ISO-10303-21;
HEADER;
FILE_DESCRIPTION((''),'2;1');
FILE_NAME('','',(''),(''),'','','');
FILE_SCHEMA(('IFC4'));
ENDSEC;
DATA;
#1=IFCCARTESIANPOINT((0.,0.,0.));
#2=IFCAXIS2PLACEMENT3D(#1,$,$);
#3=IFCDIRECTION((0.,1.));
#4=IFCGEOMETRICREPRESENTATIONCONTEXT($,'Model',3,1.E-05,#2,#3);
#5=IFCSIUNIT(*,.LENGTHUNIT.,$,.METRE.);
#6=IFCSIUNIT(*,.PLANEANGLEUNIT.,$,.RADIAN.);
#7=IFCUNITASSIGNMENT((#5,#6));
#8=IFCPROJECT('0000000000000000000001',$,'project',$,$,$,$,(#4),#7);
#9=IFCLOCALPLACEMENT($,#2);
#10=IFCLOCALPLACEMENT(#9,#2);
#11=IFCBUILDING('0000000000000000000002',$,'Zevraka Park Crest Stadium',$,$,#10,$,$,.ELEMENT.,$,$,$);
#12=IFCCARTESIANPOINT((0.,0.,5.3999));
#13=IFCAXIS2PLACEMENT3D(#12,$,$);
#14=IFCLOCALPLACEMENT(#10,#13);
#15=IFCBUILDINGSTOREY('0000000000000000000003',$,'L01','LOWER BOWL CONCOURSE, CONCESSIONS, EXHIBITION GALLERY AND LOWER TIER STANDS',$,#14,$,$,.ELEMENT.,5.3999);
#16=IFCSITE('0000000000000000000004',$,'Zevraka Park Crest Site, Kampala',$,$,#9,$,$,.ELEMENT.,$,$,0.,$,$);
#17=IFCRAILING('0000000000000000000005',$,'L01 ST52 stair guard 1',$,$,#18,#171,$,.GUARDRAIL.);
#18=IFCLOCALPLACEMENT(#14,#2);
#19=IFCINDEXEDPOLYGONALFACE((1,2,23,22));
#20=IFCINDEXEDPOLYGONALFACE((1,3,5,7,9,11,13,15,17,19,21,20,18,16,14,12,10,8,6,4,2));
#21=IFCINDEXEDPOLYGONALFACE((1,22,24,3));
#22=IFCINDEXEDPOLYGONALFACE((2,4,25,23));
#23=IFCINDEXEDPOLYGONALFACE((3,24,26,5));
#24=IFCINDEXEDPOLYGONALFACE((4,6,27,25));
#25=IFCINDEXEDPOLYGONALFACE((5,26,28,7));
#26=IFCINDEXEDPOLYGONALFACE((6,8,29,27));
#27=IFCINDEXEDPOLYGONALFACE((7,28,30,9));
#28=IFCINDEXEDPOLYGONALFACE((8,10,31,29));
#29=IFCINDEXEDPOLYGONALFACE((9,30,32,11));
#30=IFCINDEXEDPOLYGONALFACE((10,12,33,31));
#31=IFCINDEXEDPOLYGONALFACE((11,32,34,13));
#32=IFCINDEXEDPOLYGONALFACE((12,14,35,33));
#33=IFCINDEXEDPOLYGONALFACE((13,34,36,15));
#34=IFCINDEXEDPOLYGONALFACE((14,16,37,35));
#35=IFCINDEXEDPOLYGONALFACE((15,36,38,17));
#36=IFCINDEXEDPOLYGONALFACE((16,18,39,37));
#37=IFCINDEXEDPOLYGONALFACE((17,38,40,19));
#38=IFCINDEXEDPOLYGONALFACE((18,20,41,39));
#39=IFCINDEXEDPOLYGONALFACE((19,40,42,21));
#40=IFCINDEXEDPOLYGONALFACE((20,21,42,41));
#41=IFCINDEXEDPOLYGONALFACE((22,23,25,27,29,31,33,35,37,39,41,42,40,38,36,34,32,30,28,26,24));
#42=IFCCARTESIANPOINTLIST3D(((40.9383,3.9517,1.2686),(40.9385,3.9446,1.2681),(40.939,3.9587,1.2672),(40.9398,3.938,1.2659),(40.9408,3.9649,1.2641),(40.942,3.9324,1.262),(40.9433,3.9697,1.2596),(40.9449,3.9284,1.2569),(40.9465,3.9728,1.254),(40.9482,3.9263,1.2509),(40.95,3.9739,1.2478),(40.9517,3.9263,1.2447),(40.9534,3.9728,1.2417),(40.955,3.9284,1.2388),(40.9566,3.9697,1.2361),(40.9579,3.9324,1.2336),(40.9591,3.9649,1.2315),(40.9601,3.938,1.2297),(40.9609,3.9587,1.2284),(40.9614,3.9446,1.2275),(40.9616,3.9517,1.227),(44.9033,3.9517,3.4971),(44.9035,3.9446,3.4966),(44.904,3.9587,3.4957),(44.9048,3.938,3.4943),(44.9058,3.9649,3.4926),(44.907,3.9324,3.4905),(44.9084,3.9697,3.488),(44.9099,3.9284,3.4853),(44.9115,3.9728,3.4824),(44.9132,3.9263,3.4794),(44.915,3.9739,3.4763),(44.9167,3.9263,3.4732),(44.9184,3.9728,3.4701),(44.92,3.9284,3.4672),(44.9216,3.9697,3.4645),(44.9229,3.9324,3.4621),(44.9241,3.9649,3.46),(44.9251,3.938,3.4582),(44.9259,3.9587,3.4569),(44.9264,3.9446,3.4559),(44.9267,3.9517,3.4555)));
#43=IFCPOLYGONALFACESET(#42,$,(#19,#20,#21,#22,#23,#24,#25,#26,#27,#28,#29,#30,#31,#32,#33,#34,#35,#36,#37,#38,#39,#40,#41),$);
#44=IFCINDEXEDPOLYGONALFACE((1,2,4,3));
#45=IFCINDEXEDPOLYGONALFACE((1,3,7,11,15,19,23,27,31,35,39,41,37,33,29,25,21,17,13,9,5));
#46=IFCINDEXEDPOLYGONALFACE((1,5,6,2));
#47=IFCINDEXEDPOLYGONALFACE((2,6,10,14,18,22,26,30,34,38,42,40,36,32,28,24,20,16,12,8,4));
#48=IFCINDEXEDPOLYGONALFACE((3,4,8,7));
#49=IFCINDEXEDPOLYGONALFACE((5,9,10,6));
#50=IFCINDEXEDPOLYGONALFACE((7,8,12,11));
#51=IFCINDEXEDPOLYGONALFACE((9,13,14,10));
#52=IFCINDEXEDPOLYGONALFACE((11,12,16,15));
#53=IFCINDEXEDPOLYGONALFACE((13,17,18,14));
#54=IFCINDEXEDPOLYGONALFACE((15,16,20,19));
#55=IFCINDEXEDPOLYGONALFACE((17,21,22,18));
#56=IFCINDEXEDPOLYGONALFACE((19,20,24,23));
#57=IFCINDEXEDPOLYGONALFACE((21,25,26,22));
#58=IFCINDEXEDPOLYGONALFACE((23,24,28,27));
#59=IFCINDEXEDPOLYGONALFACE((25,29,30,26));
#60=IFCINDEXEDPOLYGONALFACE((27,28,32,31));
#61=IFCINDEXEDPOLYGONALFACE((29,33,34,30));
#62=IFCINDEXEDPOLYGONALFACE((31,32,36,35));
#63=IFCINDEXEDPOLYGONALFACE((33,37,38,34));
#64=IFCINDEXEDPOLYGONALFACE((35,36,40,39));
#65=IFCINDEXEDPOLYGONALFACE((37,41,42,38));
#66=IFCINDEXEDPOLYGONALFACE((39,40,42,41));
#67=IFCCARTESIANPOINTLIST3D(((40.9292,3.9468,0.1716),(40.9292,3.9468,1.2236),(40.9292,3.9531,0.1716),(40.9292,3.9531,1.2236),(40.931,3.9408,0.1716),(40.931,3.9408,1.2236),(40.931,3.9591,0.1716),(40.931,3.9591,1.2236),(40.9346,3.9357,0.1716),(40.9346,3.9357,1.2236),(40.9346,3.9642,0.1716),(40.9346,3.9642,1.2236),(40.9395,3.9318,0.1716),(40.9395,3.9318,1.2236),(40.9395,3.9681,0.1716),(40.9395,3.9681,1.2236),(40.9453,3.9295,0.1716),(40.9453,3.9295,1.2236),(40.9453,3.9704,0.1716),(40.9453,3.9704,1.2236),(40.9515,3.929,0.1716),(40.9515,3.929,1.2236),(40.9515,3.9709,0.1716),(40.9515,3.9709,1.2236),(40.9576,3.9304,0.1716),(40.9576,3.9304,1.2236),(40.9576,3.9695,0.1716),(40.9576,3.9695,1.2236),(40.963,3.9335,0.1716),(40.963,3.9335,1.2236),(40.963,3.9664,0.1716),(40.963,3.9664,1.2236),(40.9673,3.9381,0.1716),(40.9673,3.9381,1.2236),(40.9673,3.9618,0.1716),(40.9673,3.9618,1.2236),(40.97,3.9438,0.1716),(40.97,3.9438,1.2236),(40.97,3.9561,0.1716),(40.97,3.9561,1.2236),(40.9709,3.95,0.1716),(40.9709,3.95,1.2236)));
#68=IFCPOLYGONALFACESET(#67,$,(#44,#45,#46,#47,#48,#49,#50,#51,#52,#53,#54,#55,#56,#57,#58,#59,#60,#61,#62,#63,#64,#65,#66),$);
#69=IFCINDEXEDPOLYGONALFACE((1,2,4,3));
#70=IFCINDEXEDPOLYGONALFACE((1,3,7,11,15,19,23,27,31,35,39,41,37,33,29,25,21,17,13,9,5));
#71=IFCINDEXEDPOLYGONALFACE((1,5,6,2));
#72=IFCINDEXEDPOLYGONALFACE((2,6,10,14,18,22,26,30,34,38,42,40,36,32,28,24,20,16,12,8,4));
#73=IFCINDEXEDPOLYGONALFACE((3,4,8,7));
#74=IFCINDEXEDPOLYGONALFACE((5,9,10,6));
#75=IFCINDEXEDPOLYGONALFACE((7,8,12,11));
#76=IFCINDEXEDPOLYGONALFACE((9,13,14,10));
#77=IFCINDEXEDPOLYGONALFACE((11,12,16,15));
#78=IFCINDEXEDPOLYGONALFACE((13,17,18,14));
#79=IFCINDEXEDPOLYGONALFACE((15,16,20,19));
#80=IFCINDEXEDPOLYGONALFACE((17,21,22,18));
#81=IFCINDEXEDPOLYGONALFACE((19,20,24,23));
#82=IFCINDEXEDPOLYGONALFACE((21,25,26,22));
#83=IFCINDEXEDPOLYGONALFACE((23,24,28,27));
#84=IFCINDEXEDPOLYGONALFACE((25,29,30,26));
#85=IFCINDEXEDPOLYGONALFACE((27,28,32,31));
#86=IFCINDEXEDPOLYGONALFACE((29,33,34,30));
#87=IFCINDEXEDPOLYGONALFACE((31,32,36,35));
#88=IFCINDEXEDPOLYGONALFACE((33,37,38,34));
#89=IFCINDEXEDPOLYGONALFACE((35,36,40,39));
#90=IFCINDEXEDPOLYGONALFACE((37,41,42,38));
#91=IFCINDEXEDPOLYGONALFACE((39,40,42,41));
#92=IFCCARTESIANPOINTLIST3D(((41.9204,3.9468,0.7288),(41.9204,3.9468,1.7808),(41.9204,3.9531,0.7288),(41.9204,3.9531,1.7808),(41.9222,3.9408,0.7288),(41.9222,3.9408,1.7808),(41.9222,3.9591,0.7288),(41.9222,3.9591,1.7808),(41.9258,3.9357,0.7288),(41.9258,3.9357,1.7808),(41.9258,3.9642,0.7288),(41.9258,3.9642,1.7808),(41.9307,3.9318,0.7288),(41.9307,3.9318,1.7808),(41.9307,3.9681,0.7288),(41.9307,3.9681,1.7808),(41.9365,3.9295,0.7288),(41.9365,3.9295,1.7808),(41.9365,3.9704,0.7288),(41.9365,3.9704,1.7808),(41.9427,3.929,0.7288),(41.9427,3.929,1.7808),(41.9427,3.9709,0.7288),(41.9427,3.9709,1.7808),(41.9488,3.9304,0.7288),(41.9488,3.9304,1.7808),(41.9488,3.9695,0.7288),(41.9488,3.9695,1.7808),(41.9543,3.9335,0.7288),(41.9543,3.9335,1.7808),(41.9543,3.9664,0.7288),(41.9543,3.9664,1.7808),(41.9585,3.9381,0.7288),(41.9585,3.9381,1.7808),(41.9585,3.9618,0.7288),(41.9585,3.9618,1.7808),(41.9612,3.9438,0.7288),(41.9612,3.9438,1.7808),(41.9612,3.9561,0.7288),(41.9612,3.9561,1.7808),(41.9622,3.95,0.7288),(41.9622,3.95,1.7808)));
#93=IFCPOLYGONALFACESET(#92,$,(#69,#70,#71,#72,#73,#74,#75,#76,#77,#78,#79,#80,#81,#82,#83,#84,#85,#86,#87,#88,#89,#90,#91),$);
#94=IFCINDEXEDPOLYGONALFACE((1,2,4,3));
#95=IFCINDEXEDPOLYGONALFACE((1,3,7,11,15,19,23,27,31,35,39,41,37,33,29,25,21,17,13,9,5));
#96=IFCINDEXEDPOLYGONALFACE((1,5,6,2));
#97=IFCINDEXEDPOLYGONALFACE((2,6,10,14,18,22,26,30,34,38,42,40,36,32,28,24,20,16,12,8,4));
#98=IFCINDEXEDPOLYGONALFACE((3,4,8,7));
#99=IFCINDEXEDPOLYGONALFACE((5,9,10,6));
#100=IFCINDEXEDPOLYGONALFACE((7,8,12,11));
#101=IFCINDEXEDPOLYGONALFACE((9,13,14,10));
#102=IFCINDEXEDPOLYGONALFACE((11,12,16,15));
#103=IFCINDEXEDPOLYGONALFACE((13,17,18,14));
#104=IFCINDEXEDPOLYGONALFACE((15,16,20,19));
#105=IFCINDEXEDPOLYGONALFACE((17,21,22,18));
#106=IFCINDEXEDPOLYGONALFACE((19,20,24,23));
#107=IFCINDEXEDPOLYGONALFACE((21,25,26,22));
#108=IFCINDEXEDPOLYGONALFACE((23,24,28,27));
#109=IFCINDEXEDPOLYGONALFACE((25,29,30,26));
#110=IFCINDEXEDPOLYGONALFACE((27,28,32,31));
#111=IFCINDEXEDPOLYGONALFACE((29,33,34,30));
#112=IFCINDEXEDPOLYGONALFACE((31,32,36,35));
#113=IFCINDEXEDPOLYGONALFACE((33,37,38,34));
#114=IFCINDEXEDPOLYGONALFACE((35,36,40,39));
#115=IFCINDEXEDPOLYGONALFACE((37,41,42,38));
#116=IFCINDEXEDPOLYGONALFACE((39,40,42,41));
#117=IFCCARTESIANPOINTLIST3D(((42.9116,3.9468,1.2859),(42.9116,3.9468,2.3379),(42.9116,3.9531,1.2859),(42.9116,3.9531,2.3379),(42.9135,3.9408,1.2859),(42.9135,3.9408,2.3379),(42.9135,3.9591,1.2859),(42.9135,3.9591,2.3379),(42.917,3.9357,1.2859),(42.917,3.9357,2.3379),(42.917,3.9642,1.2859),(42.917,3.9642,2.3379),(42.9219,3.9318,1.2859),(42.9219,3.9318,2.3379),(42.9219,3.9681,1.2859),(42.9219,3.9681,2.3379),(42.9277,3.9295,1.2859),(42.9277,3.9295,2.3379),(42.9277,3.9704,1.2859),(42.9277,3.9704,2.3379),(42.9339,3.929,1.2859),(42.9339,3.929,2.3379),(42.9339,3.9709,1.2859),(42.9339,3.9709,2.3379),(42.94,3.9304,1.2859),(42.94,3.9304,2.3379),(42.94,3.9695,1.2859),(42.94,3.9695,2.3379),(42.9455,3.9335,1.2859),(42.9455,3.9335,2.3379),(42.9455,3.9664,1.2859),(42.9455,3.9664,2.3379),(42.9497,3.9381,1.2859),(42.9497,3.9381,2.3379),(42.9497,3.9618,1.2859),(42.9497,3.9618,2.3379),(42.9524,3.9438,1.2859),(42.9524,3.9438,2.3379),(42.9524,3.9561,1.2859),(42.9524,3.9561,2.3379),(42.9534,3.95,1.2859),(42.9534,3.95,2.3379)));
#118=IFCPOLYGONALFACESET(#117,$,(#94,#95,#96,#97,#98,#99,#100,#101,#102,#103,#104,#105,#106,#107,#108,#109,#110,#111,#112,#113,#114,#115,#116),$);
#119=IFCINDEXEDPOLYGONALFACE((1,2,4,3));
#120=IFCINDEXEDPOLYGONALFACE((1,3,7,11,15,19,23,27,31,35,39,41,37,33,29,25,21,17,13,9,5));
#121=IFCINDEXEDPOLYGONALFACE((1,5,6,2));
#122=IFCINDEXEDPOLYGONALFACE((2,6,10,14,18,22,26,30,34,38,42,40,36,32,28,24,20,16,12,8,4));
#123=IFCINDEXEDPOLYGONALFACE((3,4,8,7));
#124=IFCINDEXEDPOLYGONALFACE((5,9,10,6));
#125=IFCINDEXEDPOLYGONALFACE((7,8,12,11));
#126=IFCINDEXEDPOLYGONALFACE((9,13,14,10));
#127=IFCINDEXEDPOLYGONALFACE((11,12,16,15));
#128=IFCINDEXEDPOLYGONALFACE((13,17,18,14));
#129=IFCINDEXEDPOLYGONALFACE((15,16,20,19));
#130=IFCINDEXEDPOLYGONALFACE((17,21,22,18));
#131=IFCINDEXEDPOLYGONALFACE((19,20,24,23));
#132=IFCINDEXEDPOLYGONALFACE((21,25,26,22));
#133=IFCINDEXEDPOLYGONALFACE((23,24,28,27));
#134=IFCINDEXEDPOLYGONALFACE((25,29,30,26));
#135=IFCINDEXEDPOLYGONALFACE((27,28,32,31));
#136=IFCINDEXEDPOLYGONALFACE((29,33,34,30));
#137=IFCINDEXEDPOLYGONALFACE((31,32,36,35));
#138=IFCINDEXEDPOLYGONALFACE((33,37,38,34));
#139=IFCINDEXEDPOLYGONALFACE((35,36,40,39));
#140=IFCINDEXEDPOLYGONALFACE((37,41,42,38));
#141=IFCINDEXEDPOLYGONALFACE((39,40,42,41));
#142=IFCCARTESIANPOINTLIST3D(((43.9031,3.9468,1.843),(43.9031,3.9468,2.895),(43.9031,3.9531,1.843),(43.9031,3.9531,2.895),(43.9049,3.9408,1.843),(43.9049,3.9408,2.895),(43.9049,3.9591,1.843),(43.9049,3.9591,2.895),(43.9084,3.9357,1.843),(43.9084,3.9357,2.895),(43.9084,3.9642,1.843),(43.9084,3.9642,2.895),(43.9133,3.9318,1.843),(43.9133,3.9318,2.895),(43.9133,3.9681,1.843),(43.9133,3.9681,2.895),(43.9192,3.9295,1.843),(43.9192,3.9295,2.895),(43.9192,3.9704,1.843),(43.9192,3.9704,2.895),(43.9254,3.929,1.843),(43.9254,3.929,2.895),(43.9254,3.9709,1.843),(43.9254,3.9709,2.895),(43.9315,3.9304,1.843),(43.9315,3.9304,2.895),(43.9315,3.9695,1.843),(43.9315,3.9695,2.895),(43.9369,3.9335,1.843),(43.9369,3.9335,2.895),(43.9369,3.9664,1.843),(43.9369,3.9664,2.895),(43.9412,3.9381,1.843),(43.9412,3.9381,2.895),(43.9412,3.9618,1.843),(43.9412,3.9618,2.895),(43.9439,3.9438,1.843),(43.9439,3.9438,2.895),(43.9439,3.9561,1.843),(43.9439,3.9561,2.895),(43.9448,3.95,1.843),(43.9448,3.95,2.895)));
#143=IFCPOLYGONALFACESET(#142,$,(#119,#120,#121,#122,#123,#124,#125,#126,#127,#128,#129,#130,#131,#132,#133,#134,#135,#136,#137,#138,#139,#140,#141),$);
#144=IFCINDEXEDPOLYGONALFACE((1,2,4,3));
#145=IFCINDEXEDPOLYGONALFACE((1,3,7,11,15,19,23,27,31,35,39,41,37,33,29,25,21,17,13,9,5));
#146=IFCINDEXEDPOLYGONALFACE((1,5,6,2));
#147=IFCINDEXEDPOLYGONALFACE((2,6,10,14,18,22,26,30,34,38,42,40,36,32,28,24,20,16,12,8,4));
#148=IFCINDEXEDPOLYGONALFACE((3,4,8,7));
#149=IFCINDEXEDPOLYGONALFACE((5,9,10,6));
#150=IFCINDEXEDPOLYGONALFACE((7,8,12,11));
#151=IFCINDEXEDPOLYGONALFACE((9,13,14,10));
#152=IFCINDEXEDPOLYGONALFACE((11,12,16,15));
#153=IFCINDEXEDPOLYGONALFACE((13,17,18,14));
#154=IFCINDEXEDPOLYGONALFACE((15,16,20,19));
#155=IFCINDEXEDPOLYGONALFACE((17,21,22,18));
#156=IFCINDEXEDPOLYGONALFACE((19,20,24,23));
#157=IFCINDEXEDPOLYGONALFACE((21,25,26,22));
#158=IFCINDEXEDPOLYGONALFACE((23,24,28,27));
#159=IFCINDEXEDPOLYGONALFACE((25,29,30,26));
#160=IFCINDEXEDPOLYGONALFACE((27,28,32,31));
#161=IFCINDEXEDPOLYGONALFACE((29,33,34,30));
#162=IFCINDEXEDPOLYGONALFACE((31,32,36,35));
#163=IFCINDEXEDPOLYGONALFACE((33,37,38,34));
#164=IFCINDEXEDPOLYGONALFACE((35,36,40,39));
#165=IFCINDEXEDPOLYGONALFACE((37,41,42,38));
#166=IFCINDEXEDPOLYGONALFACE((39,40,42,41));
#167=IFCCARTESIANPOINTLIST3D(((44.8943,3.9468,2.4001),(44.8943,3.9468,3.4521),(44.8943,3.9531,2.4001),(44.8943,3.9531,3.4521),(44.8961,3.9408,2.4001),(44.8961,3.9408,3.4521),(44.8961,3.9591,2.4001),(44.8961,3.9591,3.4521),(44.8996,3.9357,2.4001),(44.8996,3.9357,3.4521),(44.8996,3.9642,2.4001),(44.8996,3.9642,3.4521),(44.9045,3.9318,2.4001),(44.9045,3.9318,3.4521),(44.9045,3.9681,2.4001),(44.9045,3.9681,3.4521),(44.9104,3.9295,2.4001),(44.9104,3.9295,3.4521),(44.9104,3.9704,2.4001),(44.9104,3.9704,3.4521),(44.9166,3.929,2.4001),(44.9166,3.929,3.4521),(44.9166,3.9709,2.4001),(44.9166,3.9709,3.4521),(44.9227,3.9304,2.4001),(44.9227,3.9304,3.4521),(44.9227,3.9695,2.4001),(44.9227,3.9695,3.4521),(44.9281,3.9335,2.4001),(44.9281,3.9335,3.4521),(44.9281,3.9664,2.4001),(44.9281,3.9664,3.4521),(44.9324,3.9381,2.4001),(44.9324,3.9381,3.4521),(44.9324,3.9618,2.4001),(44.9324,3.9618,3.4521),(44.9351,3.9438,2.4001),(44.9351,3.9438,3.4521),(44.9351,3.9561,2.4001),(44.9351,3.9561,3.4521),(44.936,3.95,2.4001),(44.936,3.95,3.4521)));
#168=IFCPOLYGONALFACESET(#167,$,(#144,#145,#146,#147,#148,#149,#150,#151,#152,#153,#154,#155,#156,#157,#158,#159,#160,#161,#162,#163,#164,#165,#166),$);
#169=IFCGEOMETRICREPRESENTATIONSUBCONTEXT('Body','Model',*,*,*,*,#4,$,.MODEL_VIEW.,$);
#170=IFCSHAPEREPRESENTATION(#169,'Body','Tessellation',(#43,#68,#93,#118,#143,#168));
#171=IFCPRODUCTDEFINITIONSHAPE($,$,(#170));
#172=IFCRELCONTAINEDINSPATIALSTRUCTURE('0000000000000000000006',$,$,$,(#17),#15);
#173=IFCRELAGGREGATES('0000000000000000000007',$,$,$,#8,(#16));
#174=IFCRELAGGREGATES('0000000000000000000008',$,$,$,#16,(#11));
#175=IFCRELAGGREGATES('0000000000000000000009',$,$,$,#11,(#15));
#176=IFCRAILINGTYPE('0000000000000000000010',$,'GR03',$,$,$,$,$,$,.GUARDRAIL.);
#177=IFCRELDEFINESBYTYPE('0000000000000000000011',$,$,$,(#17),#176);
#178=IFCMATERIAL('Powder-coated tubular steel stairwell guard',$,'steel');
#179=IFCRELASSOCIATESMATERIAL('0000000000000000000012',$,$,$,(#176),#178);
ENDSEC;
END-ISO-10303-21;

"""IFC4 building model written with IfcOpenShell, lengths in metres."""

from ifc_helpers import new_model, si_unit, direction, frame, origin, origin_2d, place, context, subcontext, project, spatial, circle, extrude, material, type_object, element, save


model = new_model("IFC4")

# Units and contexts
model_context = context("Model", 3, precision=1e-05, world=origin(), true_north=direction((0.0, 1.0)))
body_context = subcontext(model_context, "Body", "Model", "MODEL_VIEW")
ifc_project = project(units=[si_unit("LENGTHUNIT", "METRE"), si_unit("PLANEANGLEUNIT", "RADIAN")], contexts=[model_context])

# Site, building, storey
site_placement = place(None, origin())
site = spatial("IfcSite", under=ifc_project, at=site_placement, Name="Zevraka Park Crest Site, Kampala", CompositionType="ELEMENT", RefElevation=0.0)
building_placement = place(site_placement, origin())
building = spatial("IfcBuilding", under=site, at=building_placement, Name="Zevraka Park Crest Stadium", CompositionType="ELEMENT")
storey_placement = place(building_placement, frame((0.0, 0.0, 5.3999)))
storey = spatial("IfcBuildingStorey", under=building, at=storey_placement, Name="L01", Description="LOWER BOWL CONCOURSE, CONCESSIONS, EXHIBITION GALLERY AND LOWER TIER STANDS", CompositionType="ELEMENT", Elevation=5.3999)

# Railing
ifc_material_1 = material(Name="Powder-coated tubular steel stairwell guard", Category="steel")
railing_type_1 = type_object("IfcRailingType", Name="GR03", PredefinedType="GUARDRAIL", material=ifc_material_1)
railing_1_placement = place(storey_placement, frame((40.95, 3.95, 0.1716)))
element("IfcRailing", 1, at=railing_1_placement, inside=storey, type_object=railing_type_1, Name="L01 ST52 stair guard 1", PredefinedType="GUARDRAIL", context=body_context, shape_type="SweptSolid", body=[
    extrude(circle(Radius=0.0239, at=origin_2d()), frame((0.0, 0.0, 1.0762), z_axis=(0.871749, 0.0, 0.489953), x_axis=(0.0, 1.0, 0.0)), (0.0, 0.0, 1.0), 4.5483),
    extrude(circle(Radius=0.021, at=origin_2d()), origin(), (0.0, 0.0, 1.0), 1.052),
    extrude(circle(Radius=0.021, at=origin_2d()), frame((0.9912, 0.0, 0.5571)), (0.0, 0.0, 1.0), 1.052),
    extrude(circle(Radius=0.021, at=origin_2d()), frame((1.9824, 0.0, 1.1143)), (0.0, 0.0, 1.0), 1.052),
    extrude(circle(Radius=0.021, at=origin_2d()), frame((2.9739, 0.0, 1.6714)), (0.0, 0.0, 1.0), 1.052),
    extrude(circle(Radius=0.021, at=origin_2d()), frame((3.9651, 0.0, 2.2285)), (0.0, 0.0, 1.0), 1.052),
])

save(model, "model.ifc")
